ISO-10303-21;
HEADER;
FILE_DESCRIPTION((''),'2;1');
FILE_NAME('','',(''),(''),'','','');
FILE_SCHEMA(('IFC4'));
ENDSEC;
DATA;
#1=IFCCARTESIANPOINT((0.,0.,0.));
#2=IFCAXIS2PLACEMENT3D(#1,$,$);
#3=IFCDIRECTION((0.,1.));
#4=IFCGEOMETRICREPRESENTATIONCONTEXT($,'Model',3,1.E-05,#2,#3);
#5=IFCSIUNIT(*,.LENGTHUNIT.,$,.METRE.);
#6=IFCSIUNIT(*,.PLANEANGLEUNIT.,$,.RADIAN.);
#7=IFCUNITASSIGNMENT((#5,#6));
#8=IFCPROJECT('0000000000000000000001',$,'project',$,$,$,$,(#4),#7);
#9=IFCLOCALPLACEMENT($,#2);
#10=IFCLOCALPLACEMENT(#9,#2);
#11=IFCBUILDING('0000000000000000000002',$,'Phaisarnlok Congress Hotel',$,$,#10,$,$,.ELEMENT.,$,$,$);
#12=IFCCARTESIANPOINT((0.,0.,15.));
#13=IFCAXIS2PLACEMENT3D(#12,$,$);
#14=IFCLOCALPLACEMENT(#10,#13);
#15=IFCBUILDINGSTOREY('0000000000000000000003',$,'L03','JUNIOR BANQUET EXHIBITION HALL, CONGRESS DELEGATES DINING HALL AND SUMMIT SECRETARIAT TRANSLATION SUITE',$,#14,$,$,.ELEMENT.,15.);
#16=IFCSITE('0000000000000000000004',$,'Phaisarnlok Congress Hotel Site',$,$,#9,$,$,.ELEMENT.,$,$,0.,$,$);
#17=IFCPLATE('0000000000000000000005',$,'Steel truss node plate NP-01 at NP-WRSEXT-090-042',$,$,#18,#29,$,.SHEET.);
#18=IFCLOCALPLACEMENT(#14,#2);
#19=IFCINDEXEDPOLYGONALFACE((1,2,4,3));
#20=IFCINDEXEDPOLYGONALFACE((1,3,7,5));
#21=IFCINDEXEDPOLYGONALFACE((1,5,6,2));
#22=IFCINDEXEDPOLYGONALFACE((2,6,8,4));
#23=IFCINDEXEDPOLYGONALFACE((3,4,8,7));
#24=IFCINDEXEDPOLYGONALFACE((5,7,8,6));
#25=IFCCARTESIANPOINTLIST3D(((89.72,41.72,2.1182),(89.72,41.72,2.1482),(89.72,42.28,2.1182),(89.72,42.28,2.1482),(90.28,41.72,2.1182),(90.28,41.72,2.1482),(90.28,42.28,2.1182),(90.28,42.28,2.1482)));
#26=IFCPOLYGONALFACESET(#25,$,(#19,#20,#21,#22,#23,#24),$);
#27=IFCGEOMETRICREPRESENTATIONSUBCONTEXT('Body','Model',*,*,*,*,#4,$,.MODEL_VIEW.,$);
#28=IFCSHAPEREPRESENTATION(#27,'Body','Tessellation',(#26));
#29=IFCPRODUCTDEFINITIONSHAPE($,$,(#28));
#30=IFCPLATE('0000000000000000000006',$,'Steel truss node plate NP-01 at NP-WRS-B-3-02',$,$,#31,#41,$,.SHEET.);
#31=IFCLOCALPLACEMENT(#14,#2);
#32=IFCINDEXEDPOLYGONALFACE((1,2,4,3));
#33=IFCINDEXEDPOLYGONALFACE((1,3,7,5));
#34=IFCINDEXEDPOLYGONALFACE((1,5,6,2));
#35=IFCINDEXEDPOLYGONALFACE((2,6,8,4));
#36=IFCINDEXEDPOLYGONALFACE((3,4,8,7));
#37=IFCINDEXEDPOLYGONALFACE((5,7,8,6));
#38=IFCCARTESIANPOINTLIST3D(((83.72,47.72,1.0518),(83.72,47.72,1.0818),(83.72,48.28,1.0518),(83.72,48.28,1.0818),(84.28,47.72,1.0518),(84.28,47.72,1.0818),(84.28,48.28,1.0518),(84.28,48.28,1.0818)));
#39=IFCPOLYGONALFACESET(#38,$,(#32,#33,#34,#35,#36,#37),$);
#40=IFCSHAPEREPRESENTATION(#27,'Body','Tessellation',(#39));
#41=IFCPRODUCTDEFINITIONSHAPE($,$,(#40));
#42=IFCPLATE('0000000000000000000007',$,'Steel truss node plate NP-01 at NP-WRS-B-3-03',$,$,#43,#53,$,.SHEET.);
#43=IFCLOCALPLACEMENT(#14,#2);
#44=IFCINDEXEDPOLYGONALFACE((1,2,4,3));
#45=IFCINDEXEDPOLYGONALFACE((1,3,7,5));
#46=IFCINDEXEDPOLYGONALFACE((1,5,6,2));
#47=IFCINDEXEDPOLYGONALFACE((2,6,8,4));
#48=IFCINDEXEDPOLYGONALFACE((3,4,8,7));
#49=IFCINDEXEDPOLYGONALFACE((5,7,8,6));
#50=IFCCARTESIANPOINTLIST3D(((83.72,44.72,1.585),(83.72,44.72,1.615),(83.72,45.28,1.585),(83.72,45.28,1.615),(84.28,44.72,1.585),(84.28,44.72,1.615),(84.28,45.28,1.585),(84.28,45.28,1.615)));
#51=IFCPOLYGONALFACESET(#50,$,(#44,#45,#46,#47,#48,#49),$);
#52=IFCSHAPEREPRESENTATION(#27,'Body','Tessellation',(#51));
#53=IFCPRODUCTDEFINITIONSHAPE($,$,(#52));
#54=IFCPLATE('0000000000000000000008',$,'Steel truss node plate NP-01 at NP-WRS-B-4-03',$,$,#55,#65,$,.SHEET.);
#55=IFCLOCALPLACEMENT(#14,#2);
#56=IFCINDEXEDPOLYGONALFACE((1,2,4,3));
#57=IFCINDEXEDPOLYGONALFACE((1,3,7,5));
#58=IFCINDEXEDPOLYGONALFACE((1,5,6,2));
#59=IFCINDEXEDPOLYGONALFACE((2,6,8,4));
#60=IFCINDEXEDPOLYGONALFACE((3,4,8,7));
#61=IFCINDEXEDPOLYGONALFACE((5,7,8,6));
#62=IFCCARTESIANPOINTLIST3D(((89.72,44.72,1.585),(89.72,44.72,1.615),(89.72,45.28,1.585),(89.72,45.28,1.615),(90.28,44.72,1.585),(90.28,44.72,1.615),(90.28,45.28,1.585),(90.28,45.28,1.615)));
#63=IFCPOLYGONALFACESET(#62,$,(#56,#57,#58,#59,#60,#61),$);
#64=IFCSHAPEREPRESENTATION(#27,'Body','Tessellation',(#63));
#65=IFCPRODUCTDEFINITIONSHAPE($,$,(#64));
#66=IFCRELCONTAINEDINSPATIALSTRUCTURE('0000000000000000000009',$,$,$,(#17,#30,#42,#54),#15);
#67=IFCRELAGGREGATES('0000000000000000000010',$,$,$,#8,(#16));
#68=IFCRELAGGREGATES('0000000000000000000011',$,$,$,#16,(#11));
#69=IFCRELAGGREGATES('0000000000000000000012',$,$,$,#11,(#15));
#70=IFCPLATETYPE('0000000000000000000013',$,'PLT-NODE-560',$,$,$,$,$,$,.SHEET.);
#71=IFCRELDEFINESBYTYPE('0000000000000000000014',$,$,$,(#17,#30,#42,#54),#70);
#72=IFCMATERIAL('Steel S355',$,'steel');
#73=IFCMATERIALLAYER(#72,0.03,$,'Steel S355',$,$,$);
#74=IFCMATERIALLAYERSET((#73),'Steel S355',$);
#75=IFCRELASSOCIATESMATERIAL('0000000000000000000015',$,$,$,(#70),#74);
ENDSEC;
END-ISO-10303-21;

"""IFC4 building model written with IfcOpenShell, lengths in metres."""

from ifc_helpers import new_model, si_unit, direction, frame, origin, origin_2d, place, context, subcontext, project, spatial, rectangle, extrude, material, layer, layer_set, type_object, element, save


model = new_model("IFC4")

# Units and contexts
model_context = context("Model", 3, precision=1e-05, world=origin(), true_north=direction((0.0, 1.0)))
body_context = subcontext(model_context, "Body", "Model", "MODEL_VIEW")
ifc_project = project(units=[si_unit("LENGTHUNIT", "METRE"), si_unit("PLANEANGLEUNIT", "RADIAN")], contexts=[model_context])

# Site, building, storey
site_placement = place(None, origin())
site = spatial("IfcSite", under=ifc_project, at=site_placement, Name="Phaisarnlok Congress Hotel Site", CompositionType="ELEMENT", RefElevation=0.0)
building_placement = place(site_placement, origin())
building = spatial("IfcBuilding", under=site, at=building_placement, Name="Phaisarnlok Congress Hotel", CompositionType="ELEMENT")
storey_placement = place(building_placement, frame((0.0, 0.0, 15.0)))
storey = spatial("IfcBuildingStorey", under=building, at=storey_placement, Name="L03", Description="JUNIOR BANQUET EXHIBITION HALL, CONGRESS DELEGATES DINING HALL AND SUMMIT SECRETARIAT TRANSLATION SUITE", CompositionType="ELEMENT", Elevation=15.0)

# Shared definitions
ifc_material = material(Name="Steel S355", Category="steel")

# Plates
ifc_layer_1 = layer(ifc_material, 0.03, Name="Steel S355")
ifc_layer_set_1 = layer_set([ifc_layer_1], Name="Steel S355")
plate_type_1 = type_object("IfcPlateType", Name="PLT-NODE-560", PredefinedType="SHEET", material=ifc_layer_set_1)
for number, where, z_axis, x_axis, name in (
    (1, (90.0, 42.0, 2.1182), (0.0, 0.0, 1.0), (1.0, 0.0, 0.0), "Steel truss node plate NP-01 at NP-WRSEXT-090-042"),
    (2, (84.0, 48.0, 1.0518), (0.0, 0.0, 1.0), (1.0, 0.0, 0.0), "Steel truss node plate NP-01 at NP-WRS-B-3-02"),
    (3, (84.0, 45.0, 1.585), (0.0, 0.0, 1.0), (1.0, 0.0, 0.0), "Steel truss node plate NP-01 at NP-WRS-B-3-03"),
    (4, (90.0, 45.0, 1.585), (0.0, 0.0, 1.0), (1.0, 0.0, 0.0), "Steel truss node plate NP-01 at NP-WRS-B-4-03"),
):
    element("IfcPlate", number, at=place(storey_placement, frame(where, z_axis=z_axis, x_axis=x_axis)), inside=storey, type_object=plate_type_1, Name=name, PredefinedType="SHEET", context=body_context, shape_type="SweptSolid", body=[
        extrude(rectangle(XDim=0.5601, YDim=0.5601, at=origin_2d()), origin(), (0.0, 0.0, 1.0), 0.03),
    ])

save(model, "model.ifc")
